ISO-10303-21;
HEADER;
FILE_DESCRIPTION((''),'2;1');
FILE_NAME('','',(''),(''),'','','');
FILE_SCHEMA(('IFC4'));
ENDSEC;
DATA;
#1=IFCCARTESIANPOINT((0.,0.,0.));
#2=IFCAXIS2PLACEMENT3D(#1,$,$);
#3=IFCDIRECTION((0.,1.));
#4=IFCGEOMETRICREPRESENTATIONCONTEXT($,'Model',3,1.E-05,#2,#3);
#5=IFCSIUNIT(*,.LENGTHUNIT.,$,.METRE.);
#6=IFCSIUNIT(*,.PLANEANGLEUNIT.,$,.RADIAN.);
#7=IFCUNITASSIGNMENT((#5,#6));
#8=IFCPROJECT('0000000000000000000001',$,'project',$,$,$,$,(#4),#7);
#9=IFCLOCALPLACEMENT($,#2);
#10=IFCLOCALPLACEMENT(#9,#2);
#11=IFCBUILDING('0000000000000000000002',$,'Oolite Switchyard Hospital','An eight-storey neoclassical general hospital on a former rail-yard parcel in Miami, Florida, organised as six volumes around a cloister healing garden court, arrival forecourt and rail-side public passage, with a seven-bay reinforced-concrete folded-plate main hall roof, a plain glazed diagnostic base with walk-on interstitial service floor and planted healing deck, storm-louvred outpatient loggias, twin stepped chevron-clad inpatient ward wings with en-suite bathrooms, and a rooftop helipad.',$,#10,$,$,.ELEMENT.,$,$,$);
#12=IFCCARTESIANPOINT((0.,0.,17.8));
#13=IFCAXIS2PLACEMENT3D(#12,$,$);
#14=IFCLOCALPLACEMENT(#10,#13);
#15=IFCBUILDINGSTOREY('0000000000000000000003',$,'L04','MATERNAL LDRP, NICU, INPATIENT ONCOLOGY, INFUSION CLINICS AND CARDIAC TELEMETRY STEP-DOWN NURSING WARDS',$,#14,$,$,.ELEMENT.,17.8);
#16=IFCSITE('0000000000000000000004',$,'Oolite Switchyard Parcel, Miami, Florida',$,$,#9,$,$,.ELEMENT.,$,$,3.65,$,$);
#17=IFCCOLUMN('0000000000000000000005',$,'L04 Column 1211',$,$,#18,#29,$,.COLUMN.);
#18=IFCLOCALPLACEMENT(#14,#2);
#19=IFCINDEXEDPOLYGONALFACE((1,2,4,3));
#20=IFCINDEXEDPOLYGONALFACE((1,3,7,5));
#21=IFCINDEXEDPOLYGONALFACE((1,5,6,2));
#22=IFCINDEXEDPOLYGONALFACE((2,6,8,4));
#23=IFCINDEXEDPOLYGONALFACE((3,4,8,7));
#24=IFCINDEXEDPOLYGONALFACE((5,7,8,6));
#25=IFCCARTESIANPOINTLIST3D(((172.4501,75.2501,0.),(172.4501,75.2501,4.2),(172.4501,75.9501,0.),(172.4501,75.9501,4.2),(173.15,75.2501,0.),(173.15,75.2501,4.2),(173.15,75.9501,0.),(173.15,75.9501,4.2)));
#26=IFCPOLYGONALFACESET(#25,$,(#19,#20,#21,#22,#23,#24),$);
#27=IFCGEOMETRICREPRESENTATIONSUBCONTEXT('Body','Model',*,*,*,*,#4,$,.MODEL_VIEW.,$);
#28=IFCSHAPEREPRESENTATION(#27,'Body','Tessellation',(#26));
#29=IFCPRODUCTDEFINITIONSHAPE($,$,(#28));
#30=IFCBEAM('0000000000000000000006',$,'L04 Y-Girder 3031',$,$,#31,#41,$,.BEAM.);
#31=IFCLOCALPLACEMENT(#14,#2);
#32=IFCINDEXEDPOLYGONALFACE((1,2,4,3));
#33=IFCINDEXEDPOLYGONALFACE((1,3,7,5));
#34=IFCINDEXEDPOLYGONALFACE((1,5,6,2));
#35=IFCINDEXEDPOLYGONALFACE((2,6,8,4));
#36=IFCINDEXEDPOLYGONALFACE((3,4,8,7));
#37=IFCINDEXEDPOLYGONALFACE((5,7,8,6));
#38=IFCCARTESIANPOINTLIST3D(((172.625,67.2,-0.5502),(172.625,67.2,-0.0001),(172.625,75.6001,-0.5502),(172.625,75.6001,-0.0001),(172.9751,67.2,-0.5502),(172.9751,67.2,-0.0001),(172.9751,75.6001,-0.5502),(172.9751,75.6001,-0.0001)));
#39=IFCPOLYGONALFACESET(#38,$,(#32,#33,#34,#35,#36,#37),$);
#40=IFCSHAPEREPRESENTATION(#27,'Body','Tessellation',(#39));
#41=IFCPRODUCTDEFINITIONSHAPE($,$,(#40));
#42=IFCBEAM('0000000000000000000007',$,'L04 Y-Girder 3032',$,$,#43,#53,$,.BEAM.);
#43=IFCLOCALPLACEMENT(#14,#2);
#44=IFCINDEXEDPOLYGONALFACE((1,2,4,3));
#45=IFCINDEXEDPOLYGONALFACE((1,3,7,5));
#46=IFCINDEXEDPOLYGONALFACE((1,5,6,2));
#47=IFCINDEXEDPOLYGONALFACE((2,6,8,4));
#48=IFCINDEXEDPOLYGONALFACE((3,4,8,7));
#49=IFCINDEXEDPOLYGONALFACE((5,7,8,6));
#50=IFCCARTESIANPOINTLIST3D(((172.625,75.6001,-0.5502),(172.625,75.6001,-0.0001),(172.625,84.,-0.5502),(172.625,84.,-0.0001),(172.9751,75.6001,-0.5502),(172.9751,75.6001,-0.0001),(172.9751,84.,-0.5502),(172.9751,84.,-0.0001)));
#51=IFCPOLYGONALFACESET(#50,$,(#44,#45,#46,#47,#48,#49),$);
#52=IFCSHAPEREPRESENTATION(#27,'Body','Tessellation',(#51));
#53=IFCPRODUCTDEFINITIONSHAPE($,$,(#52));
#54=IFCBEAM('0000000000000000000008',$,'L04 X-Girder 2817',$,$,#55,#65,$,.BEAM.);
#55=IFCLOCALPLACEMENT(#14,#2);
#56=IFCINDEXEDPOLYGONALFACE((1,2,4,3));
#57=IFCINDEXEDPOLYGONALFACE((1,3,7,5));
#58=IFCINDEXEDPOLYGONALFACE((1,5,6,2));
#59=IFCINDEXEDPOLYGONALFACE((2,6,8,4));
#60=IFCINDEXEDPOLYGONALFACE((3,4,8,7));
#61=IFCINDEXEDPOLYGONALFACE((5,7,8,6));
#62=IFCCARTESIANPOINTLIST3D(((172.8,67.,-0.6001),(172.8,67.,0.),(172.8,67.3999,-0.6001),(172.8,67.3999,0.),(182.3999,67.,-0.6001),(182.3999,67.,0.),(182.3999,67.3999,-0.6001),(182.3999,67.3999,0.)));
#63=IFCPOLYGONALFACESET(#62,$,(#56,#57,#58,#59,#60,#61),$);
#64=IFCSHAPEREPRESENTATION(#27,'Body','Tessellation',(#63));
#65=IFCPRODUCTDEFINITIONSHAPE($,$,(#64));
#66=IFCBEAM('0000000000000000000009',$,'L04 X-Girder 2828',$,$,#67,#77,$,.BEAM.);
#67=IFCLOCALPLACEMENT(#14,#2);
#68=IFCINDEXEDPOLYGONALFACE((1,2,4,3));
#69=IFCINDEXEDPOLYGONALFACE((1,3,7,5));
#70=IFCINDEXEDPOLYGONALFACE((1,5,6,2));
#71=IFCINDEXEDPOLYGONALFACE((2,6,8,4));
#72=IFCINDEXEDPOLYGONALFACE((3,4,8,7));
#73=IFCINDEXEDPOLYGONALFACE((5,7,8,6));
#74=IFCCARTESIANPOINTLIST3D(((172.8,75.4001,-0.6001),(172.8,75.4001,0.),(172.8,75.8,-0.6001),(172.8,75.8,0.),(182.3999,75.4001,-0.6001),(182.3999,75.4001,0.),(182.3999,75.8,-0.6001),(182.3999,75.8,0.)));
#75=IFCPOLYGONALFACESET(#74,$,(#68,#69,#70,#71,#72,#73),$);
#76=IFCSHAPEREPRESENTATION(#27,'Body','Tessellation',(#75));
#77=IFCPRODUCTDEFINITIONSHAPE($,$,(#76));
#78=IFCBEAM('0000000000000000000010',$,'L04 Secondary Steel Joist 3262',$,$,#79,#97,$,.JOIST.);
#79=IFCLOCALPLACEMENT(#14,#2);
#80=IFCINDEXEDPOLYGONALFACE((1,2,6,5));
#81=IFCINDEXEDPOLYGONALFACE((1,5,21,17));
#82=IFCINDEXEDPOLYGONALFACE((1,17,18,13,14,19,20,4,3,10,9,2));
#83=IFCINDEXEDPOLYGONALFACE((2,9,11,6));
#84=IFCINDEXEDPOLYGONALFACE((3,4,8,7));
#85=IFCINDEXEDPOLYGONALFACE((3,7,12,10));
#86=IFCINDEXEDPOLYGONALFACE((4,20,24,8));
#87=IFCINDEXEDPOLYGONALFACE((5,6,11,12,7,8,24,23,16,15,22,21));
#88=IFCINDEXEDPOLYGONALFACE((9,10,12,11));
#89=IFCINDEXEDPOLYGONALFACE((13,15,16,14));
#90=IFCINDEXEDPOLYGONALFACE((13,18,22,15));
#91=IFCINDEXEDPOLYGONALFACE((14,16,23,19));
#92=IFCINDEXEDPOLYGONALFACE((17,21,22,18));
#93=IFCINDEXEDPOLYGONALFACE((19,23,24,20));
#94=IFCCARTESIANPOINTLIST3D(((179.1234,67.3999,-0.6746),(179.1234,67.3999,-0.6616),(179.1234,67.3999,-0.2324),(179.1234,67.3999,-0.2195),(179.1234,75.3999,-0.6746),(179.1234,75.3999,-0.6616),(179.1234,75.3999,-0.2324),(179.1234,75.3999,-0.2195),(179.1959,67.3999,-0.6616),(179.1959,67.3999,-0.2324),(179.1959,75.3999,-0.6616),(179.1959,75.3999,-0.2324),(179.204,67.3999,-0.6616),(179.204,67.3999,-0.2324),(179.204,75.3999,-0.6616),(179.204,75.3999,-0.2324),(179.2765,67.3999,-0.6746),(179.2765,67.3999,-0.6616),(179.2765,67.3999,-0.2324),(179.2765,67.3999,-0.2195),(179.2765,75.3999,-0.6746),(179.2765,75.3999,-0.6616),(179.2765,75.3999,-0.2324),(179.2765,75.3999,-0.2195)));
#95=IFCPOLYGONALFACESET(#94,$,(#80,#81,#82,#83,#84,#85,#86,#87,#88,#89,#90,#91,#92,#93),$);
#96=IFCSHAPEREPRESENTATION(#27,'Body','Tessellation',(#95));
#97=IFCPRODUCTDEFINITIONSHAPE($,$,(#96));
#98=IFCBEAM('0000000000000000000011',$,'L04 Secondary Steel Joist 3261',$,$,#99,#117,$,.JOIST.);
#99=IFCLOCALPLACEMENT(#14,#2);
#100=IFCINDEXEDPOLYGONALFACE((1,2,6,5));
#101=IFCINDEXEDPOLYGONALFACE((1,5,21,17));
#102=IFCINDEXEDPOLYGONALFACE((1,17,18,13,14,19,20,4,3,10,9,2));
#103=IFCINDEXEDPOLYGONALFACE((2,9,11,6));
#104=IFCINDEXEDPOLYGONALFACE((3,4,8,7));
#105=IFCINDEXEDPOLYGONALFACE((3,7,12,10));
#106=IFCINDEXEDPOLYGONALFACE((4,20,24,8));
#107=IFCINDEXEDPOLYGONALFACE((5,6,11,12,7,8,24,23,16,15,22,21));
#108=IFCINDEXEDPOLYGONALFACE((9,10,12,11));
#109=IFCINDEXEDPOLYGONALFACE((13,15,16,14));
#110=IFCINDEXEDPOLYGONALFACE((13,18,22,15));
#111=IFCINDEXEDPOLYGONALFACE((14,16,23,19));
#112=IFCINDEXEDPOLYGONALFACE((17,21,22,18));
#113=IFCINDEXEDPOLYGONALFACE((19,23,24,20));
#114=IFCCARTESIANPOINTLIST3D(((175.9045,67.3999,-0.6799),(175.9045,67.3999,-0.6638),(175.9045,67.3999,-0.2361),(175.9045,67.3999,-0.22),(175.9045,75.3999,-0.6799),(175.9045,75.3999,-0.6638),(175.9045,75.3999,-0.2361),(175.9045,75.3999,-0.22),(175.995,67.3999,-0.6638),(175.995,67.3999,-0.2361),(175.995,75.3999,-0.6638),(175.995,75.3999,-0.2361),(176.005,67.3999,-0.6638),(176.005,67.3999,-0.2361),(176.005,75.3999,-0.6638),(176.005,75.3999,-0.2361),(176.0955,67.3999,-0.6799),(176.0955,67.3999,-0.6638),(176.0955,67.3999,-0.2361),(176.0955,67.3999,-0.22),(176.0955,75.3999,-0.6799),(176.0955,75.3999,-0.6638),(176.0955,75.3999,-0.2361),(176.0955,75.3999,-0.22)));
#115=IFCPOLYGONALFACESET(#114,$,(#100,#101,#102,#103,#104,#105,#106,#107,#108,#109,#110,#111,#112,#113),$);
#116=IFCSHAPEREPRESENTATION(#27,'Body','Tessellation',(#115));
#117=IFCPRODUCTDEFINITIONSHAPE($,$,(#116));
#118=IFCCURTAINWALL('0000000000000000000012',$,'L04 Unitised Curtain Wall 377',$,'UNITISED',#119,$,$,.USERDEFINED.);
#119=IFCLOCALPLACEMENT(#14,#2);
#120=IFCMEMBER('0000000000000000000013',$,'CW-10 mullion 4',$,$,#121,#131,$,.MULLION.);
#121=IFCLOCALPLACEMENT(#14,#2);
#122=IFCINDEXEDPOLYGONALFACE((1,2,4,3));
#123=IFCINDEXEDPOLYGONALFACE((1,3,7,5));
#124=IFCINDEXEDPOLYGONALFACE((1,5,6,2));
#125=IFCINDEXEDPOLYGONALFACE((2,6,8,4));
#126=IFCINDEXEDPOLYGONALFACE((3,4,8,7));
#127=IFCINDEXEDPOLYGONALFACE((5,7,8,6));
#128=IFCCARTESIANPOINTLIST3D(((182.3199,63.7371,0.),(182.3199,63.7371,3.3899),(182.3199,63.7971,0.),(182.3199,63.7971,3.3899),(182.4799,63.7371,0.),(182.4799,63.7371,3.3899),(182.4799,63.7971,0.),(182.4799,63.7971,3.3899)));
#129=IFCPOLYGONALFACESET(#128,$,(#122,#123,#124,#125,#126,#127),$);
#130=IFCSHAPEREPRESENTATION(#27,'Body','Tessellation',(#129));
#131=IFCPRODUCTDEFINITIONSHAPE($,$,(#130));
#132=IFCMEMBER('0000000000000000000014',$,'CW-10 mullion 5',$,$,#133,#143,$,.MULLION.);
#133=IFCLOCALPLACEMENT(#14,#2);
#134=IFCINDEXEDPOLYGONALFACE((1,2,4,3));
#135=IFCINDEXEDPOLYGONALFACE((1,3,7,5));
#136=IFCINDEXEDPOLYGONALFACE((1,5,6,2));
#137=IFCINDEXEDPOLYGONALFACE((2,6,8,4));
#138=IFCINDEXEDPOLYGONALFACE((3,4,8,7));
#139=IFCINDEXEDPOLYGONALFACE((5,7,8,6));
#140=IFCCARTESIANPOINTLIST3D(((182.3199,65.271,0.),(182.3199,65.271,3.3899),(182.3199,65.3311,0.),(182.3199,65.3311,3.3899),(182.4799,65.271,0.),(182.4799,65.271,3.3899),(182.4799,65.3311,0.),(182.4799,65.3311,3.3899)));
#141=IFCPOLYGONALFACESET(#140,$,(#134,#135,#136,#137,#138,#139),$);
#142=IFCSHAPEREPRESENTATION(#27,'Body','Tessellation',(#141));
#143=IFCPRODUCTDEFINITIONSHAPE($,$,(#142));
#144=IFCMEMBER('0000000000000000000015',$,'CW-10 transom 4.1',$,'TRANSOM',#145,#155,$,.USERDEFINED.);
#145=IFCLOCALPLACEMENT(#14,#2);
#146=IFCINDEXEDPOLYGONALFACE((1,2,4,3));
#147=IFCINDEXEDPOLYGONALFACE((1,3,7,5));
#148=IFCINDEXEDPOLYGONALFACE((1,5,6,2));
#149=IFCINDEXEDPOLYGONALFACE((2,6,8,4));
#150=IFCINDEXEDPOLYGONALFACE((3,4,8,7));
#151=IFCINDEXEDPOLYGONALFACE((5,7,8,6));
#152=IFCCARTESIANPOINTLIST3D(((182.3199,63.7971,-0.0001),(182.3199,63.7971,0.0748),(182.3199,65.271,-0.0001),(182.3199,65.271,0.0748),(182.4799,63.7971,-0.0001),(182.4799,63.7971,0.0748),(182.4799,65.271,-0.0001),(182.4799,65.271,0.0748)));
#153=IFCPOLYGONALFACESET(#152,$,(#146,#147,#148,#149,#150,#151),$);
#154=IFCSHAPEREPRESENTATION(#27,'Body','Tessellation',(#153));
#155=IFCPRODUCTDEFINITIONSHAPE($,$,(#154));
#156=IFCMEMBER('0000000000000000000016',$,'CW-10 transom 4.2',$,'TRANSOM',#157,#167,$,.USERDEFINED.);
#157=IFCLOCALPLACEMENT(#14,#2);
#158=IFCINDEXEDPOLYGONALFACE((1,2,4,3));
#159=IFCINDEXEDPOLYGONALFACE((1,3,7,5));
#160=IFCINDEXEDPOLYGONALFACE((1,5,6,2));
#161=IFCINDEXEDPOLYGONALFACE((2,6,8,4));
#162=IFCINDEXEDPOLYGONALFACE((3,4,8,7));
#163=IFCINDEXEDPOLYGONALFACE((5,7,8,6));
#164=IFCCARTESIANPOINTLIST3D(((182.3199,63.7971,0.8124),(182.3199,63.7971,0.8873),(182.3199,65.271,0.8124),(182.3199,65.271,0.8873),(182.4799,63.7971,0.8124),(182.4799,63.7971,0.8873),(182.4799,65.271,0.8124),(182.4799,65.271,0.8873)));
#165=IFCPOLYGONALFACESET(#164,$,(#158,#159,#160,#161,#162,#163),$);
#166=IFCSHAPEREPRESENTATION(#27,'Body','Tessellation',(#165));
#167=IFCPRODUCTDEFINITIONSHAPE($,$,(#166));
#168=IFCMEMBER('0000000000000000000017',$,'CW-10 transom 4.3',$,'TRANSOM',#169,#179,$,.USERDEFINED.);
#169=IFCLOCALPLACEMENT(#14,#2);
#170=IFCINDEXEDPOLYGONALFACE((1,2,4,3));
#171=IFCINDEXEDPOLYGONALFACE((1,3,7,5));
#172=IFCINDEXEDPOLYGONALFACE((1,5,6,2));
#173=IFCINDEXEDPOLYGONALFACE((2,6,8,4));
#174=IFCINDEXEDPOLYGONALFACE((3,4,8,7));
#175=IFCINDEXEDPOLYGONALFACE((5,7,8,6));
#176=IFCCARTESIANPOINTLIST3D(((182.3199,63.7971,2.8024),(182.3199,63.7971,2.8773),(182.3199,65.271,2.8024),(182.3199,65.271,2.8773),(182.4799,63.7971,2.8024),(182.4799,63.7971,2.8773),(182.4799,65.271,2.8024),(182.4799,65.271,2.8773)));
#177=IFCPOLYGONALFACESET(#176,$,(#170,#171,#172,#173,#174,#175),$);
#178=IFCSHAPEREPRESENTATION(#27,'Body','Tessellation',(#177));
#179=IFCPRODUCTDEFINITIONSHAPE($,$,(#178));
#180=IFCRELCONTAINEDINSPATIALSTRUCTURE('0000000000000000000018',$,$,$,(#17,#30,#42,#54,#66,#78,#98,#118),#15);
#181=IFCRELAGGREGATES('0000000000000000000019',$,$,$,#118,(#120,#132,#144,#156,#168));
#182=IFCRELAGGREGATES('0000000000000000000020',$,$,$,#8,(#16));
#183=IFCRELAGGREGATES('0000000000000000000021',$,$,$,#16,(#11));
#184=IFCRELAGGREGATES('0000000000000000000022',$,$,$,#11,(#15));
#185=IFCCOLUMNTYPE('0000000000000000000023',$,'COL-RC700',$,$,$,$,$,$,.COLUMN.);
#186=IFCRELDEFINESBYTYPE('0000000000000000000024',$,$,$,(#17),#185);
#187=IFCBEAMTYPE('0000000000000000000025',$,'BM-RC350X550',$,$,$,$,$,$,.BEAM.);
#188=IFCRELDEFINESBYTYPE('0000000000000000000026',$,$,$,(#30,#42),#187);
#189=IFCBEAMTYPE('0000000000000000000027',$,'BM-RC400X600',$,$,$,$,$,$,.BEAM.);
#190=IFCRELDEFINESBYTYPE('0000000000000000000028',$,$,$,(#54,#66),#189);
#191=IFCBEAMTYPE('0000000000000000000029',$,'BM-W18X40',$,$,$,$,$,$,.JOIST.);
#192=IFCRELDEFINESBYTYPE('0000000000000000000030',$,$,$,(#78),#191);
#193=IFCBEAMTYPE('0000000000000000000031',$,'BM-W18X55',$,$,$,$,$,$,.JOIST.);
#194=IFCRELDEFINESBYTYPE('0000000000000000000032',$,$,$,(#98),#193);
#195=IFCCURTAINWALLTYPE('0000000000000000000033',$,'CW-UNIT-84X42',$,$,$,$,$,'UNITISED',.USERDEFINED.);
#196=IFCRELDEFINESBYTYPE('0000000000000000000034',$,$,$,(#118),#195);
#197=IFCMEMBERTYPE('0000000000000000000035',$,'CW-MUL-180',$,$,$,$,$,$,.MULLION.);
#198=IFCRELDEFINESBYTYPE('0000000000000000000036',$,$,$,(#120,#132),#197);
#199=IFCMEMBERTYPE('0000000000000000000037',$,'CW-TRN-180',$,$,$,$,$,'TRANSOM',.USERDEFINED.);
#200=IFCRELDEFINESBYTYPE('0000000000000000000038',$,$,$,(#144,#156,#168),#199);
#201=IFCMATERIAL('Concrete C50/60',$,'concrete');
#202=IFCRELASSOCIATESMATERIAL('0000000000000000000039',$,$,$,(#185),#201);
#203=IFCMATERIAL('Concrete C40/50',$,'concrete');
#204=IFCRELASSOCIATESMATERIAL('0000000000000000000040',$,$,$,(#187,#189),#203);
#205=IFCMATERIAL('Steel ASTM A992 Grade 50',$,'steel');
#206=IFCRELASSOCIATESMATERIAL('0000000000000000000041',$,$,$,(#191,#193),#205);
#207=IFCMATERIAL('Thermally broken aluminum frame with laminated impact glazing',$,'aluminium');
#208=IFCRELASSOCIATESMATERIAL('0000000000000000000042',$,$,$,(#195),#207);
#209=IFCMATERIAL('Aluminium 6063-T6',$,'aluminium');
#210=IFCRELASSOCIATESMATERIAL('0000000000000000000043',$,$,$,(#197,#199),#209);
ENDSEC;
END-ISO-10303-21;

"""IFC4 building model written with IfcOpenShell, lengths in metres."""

from ifc_helpers import new_model, si_unit, direction, frame, origin, origin_2d, place, context, subcontext, project, spatial, rectangle, i_section, extrude, material, material_profile, profile_set, type_object, element, aggregate, save


model = new_model("IFC4")

# Units and contexts
model_context = context("Model", 3, precision=1e-05, world=origin(), true_north=direction((0.0, 1.0)))
body_context = subcontext(model_context, "Body", "Model", "MODEL_VIEW")
ifc_project = project(units=[si_unit("LENGTHUNIT", "METRE"), si_unit("PLANEANGLEUNIT", "RADIAN")], contexts=[model_context])

# Site, building, storey
site_placement = place(None, origin())
site = spatial("IfcSite", under=ifc_project, at=site_placement, Name="Oolite Switchyard Parcel, Miami, Florida", CompositionType="ELEMENT", RefElevation=3.65)
building_placement = place(site_placement, origin())
building = spatial("IfcBuilding", under=site, at=building_placement, Name="Oolite Switchyard Hospital", Description="An eight-storey neoclassical general hospital on a former rail-yard parcel in Miami, Florida, organised as six volumes around a cloister healing garden court, arrival forecourt and rail-side public passage, with a seven-bay reinforced-concrete folded-plate main hall roof, a plain glazed diagnostic base with walk-on interstitial service floor and planted healing deck, storm-louvred outpatient loggias, twin stepped chevron-clad inpatient ward wings with en-suite bathrooms, and a rooftop helipad.", CompositionType="ELEMENT")
storey_placement = place(building_placement, frame((0.0, 0.0, 17.8)))
storey = spatial("IfcBuildingStorey", under=building, at=storey_placement, Name="L04", Description="MATERNAL LDRP, NICU, INPATIENT ONCOLOGY, INFUSION CLINICS AND CARDIAC TELEMETRY STEP-DOWN NURSING WARDS", CompositionType="ELEMENT", Elevation=17.8)

# Column
ifc_material_1 = material(Name="Concrete C50/60", Category="concrete")
ifc_material_profile_1 = material_profile(ifc_material_1, rectangle(XDim=0.7, YDim=0.7, at=origin_2d()), Name="RC700X700")
ifc_profile_set_1 = profile_set([ifc_material_profile_1], Name="Concrete C50/60")
column_type = type_object("IfcColumnType", Name="COL-RC700", PredefinedType="COLUMN", material=ifc_profile_set_1)
column_placement = place(storey_placement, frame((172.8, 75.6001, 0.0), z_axis=(0.0, 0.0, 1.0), x_axis=(1.0, 0.0, 0.0)))
element("IfcColumn", 1, at=column_placement, inside=storey, type_object=column_type, Name="L04 Column 1211", PredefinedType="COLUMN", context=body_context, shape_type="SweptSolid", body=[
    extrude(rectangle(XDim=0.7, YDim=0.7, at=origin_2d()), origin(), (0.0, 0.0, 1.0), 4.2),
])

# Beams
ifc_material_2 = material(Name="Concrete C40/50", Category="concrete")
ifc_material_profile_2 = material_profile(ifc_material_2, rectangle(XDim=0.3501, YDim=0.55, at=origin_2d()), Name="RCB350X550")
ifc_profile_set_2 = profile_set([ifc_material_profile_2], Name="Concrete C40/50")
beam_type_1 = type_object("IfcBeamType", Name="BM-RC350X550", PredefinedType="BEAM", material=ifc_profile_set_2)
beam_1_placement = place(storey_placement, frame((172.8, 67.2, -0.2751), z_axis=(0.0, 1.0, 0.0), x_axis=(-1.0, 0.0, 0.0)))
element("IfcBeam", 2, at=beam_1_placement, inside=storey, type_object=beam_type_1, Name="L04 Y-Girder 3031", PredefinedType="BEAM", context=body_context, shape_type="SweptSolid", body=[
    extrude(rectangle(XDim=0.3501, YDim=0.55, at=origin_2d()), origin(), (0.0, 0.0, 1.0), 8.4001),
])
beam_2_placement = place(storey_placement, frame((172.8, 75.6001, -0.2751), z_axis=(0.0, 1.0, 0.0), x_axis=(-1.0, 0.0, 0.0)))
element("IfcBeam", 3, at=beam_2_placement, inside=storey, type_object=beam_type_1, Name="L04 Y-Girder 3032", PredefinedType="BEAM", context=body_context, shape_type="SweptSolid", body=[
    extrude(rectangle(XDim=0.3501, YDim=0.55, at=origin_2d()), origin(), (0.0, 0.0, 1.0), 8.3999),
])
ifc_material_profile_3 = material_profile(ifc_material_2, rectangle(XDim=0.3999, YDim=0.6001, at=origin_2d()), Name="RCB400X600")
ifc_profile_set_3 = profile_set([ifc_material_profile_3], Name="Concrete C40/50")
beam_type_2 = type_object("IfcBeamType", Name="BM-RC400X600", PredefinedType="BEAM", material=ifc_profile_set_3)
for number, where, z_axis, x_axis, name in (
    (4, (172.8, 67.2, -0.3), (1.0, 0.0, 0.0), (0.0, 1.0, 0.0), "L04 X-Girder 2817"),
    (5, (172.8, 75.6001, -0.3), (1.0, 0.0, 0.0), (0.0, 1.0, 0.0), "L04 X-Girder 2828"),
):
    element("IfcBeam", number, at=place(storey_placement, frame(where, z_axis=z_axis, x_axis=x_axis)), inside=storey, type_object=beam_type_2, Name=name, PredefinedType="BEAM", context=body_context, shape_type="SweptSolid", body=[
        extrude(rectangle(XDim=0.3999, YDim=0.6001, at=origin_2d()), origin(), (0.0, 0.0, 1.0), 9.5999),
    ])
ifc_material_3 = material(Name="Steel ASTM A992 Grade 50", Category="steel")
ifc_material_profile_4 = material_profile(ifc_material_3, i_section(OverallWidth=0.1531, OverallDepth=0.4551, WebThickness=0.0081, FlangeThickness=0.0129, at=origin_2d()), Name="W18X40")
ifc_profile_set_4 = profile_set([ifc_material_profile_4], Name="Steel ASTM A992 Grade 50")
beam_type_3 = type_object("IfcBeamType", Name="BM-W18X40", PredefinedType="JOIST", material=ifc_profile_set_4)
beam_3_placement = place(storey_placement, frame((179.2, 67.3999, -0.447), z_axis=(0.0, 1.0, 0.0), x_axis=(-1.0, 0.0, 0.0)))
element("IfcBeam", 6, at=beam_3_placement, inside=storey, type_object=beam_type_3, Name="L04 Secondary Steel Joist 3262", PredefinedType="JOIST", context=body_context, shape_type="SweptSolid", body=[
    extrude(i_section(OverallWidth=0.1531, OverallDepth=0.4551, WebThickness=0.0081, FlangeThickness=0.0129, at=origin_2d()), origin(), (0.0, 0.0, 1.0), 8.0),
])
ifc_material_profile_5 = material_profile(ifc_material_3, i_section(OverallWidth=0.1909, OverallDepth=0.46, WebThickness=0.01, FlangeThickness=0.0161, at=origin_2d()), Name="W18X55")
ifc_profile_set_5 = profile_set([ifc_material_profile_5], Name="Steel ASTM A992 Grade 50")
beam_type_4 = type_object("IfcBeamType", Name="BM-W18X55", PredefinedType="JOIST", material=ifc_profile_set_5)
beam_4_placement = place(storey_placement, frame((176.0, 67.3999, -0.45), z_axis=(0.0, 1.0, 0.0), x_axis=(-1.0, 0.0, 0.0)))
element("IfcBeam", 7, at=beam_4_placement, inside=storey, type_object=beam_type_4, Name="L04 Secondary Steel Joist 3261", PredefinedType="JOIST", context=body_context, shape_type="SweptSolid", body=[
    extrude(i_section(OverallWidth=0.1909, OverallDepth=0.46, WebThickness=0.01, FlangeThickness=0.0161, at=origin_2d()), origin(), (0.0, 0.0, 1.0), 8.0),
])

# Curtain wall, members
ifc_material_4 = material(Name="Thermally broken aluminum frame with laminated impact glazing", Category="aluminium")
curtain_wall_type = type_object("IfcCurtainWallType", Name="CW-UNIT-84X42", ElementType="UNITISED", PredefinedType="USERDEFINED", material=ifc_material_4)
curtain_wall_placement = place(storey_placement, origin())
curtain_wall = element("IfcCurtainWall", 8, at=curtain_wall_placement, inside=storey, type_object=curtain_wall_type, Name="L04 Unitised Curtain Wall 377", ObjectType="UNITISED", PredefinedType="USERDEFINED")
ifc_material_5 = material(Name="Aluminium 6063-T6", Category="aluminium")
ifc_material_profile_6 = material_profile(ifc_material_5, rectangle(XDim=0.1599, YDim=0.0601, at=origin_2d()), Name="CWM60X160")
ifc_profile_set_6 = profile_set([ifc_material_profile_6], Name="Aluminium 6063-T6")
member_type_1 = type_object("IfcMemberType", Name="CW-MUL-180", PredefinedType="MULLION", material=ifc_profile_set_6)
member_1_placement = place(storey_placement, frame((182.3999, 63.7671, 0.0), z_axis=(0.0, 0.0, 1.0), x_axis=(-1.0, 0.0, 0.0)))
member_1 = element("IfcMember", 9, at=member_1_placement, type_object=member_type_1, Name="CW-10 mullion 4", PredefinedType="MULLION", context=body_context, shape_type="SweptSolid", body=[
    extrude(rectangle(XDim=0.1599, YDim=0.0601, at=origin_2d()), origin(), (0.0, 0.0, 1.0), 3.3899),
])
member_2_placement = place(storey_placement, frame((182.3999, 65.301, 0.0), z_axis=(0.0, 0.0, 1.0), x_axis=(-1.0, 0.0, 0.0)))
member_2 = element("IfcMember", 10, at=member_2_placement, type_object=member_type_1, Name="CW-10 mullion 5", PredefinedType="MULLION", context=body_context, shape_type="SweptSolid", body=[
    extrude(rectangle(XDim=0.1599, YDim=0.0601, at=origin_2d()), origin(), (0.0, 0.0, 1.0), 3.3899),
])
ifc_material_profile_7 = material_profile(ifc_material_5, rectangle(XDim=0.1599, YDim=0.075, at=origin_2d()), Name="CWT75X160")
ifc_profile_set_7 = profile_set([ifc_material_profile_7], Name="Aluminium 6063-T6")
member_type_2 = type_object("IfcMemberType", Name="CW-TRN-180", ElementType="TRANSOM", PredefinedType="USERDEFINED", material=ifc_profile_set_7)
member_3_placement = place(storey_placement, frame((182.3999, 63.7971, 0.0374), z_axis=(0.0, 1.0, 0.0), x_axis=(-1.0, 0.0, 0.0)))
member_3 = element("IfcMember", 11, at=member_3_placement, type_object=member_type_2, Name="CW-10 transom 4.1", ObjectType="TRANSOM", PredefinedType="USERDEFINED", context=body_context, shape_type="SweptSolid", body=[
    extrude(rectangle(XDim=0.1599, YDim=0.075, at=origin_2d()), origin(), (0.0, 0.0, 1.0), 1.4739),
])
member_4_placement = place(storey_placement, frame((182.3999, 63.7971, 0.8499), z_axis=(0.0, 1.0, 0.0), x_axis=(-1.0, 0.0, 0.0)))
member_4 = element("IfcMember", 12, at=member_4_placement, type_object=member_type_2, Name="CW-10 transom 4.2", ObjectType="TRANSOM", PredefinedType="USERDEFINED", context=body_context, shape_type="SweptSolid", body=[
    extrude(rectangle(XDim=0.1599, YDim=0.075, at=origin_2d()), origin(), (0.0, 0.0, 1.0), 1.4739),
])
member_5_placement = place(storey_placement, frame((182.3999, 63.7971, 2.8398), z_axis=(0.0, 1.0, 0.0), x_axis=(-1.0, 0.0, 0.0)))
member_5 = element("IfcMember", 13, at=member_5_placement, type_object=member_type_2, Name="CW-10 transom 4.3", ObjectType="TRANSOM", PredefinedType="USERDEFINED", context=body_context, shape_type="SweptSolid", body=[
    extrude(rectangle(XDim=0.1599, YDim=0.075, at=origin_2d()), origin(), (0.0, 0.0, 1.0), 1.4739),
])
aggregate(curtain_wall, [member_1, member_2, member_3, member_4, member_5])

save(model, "model.ifc")
